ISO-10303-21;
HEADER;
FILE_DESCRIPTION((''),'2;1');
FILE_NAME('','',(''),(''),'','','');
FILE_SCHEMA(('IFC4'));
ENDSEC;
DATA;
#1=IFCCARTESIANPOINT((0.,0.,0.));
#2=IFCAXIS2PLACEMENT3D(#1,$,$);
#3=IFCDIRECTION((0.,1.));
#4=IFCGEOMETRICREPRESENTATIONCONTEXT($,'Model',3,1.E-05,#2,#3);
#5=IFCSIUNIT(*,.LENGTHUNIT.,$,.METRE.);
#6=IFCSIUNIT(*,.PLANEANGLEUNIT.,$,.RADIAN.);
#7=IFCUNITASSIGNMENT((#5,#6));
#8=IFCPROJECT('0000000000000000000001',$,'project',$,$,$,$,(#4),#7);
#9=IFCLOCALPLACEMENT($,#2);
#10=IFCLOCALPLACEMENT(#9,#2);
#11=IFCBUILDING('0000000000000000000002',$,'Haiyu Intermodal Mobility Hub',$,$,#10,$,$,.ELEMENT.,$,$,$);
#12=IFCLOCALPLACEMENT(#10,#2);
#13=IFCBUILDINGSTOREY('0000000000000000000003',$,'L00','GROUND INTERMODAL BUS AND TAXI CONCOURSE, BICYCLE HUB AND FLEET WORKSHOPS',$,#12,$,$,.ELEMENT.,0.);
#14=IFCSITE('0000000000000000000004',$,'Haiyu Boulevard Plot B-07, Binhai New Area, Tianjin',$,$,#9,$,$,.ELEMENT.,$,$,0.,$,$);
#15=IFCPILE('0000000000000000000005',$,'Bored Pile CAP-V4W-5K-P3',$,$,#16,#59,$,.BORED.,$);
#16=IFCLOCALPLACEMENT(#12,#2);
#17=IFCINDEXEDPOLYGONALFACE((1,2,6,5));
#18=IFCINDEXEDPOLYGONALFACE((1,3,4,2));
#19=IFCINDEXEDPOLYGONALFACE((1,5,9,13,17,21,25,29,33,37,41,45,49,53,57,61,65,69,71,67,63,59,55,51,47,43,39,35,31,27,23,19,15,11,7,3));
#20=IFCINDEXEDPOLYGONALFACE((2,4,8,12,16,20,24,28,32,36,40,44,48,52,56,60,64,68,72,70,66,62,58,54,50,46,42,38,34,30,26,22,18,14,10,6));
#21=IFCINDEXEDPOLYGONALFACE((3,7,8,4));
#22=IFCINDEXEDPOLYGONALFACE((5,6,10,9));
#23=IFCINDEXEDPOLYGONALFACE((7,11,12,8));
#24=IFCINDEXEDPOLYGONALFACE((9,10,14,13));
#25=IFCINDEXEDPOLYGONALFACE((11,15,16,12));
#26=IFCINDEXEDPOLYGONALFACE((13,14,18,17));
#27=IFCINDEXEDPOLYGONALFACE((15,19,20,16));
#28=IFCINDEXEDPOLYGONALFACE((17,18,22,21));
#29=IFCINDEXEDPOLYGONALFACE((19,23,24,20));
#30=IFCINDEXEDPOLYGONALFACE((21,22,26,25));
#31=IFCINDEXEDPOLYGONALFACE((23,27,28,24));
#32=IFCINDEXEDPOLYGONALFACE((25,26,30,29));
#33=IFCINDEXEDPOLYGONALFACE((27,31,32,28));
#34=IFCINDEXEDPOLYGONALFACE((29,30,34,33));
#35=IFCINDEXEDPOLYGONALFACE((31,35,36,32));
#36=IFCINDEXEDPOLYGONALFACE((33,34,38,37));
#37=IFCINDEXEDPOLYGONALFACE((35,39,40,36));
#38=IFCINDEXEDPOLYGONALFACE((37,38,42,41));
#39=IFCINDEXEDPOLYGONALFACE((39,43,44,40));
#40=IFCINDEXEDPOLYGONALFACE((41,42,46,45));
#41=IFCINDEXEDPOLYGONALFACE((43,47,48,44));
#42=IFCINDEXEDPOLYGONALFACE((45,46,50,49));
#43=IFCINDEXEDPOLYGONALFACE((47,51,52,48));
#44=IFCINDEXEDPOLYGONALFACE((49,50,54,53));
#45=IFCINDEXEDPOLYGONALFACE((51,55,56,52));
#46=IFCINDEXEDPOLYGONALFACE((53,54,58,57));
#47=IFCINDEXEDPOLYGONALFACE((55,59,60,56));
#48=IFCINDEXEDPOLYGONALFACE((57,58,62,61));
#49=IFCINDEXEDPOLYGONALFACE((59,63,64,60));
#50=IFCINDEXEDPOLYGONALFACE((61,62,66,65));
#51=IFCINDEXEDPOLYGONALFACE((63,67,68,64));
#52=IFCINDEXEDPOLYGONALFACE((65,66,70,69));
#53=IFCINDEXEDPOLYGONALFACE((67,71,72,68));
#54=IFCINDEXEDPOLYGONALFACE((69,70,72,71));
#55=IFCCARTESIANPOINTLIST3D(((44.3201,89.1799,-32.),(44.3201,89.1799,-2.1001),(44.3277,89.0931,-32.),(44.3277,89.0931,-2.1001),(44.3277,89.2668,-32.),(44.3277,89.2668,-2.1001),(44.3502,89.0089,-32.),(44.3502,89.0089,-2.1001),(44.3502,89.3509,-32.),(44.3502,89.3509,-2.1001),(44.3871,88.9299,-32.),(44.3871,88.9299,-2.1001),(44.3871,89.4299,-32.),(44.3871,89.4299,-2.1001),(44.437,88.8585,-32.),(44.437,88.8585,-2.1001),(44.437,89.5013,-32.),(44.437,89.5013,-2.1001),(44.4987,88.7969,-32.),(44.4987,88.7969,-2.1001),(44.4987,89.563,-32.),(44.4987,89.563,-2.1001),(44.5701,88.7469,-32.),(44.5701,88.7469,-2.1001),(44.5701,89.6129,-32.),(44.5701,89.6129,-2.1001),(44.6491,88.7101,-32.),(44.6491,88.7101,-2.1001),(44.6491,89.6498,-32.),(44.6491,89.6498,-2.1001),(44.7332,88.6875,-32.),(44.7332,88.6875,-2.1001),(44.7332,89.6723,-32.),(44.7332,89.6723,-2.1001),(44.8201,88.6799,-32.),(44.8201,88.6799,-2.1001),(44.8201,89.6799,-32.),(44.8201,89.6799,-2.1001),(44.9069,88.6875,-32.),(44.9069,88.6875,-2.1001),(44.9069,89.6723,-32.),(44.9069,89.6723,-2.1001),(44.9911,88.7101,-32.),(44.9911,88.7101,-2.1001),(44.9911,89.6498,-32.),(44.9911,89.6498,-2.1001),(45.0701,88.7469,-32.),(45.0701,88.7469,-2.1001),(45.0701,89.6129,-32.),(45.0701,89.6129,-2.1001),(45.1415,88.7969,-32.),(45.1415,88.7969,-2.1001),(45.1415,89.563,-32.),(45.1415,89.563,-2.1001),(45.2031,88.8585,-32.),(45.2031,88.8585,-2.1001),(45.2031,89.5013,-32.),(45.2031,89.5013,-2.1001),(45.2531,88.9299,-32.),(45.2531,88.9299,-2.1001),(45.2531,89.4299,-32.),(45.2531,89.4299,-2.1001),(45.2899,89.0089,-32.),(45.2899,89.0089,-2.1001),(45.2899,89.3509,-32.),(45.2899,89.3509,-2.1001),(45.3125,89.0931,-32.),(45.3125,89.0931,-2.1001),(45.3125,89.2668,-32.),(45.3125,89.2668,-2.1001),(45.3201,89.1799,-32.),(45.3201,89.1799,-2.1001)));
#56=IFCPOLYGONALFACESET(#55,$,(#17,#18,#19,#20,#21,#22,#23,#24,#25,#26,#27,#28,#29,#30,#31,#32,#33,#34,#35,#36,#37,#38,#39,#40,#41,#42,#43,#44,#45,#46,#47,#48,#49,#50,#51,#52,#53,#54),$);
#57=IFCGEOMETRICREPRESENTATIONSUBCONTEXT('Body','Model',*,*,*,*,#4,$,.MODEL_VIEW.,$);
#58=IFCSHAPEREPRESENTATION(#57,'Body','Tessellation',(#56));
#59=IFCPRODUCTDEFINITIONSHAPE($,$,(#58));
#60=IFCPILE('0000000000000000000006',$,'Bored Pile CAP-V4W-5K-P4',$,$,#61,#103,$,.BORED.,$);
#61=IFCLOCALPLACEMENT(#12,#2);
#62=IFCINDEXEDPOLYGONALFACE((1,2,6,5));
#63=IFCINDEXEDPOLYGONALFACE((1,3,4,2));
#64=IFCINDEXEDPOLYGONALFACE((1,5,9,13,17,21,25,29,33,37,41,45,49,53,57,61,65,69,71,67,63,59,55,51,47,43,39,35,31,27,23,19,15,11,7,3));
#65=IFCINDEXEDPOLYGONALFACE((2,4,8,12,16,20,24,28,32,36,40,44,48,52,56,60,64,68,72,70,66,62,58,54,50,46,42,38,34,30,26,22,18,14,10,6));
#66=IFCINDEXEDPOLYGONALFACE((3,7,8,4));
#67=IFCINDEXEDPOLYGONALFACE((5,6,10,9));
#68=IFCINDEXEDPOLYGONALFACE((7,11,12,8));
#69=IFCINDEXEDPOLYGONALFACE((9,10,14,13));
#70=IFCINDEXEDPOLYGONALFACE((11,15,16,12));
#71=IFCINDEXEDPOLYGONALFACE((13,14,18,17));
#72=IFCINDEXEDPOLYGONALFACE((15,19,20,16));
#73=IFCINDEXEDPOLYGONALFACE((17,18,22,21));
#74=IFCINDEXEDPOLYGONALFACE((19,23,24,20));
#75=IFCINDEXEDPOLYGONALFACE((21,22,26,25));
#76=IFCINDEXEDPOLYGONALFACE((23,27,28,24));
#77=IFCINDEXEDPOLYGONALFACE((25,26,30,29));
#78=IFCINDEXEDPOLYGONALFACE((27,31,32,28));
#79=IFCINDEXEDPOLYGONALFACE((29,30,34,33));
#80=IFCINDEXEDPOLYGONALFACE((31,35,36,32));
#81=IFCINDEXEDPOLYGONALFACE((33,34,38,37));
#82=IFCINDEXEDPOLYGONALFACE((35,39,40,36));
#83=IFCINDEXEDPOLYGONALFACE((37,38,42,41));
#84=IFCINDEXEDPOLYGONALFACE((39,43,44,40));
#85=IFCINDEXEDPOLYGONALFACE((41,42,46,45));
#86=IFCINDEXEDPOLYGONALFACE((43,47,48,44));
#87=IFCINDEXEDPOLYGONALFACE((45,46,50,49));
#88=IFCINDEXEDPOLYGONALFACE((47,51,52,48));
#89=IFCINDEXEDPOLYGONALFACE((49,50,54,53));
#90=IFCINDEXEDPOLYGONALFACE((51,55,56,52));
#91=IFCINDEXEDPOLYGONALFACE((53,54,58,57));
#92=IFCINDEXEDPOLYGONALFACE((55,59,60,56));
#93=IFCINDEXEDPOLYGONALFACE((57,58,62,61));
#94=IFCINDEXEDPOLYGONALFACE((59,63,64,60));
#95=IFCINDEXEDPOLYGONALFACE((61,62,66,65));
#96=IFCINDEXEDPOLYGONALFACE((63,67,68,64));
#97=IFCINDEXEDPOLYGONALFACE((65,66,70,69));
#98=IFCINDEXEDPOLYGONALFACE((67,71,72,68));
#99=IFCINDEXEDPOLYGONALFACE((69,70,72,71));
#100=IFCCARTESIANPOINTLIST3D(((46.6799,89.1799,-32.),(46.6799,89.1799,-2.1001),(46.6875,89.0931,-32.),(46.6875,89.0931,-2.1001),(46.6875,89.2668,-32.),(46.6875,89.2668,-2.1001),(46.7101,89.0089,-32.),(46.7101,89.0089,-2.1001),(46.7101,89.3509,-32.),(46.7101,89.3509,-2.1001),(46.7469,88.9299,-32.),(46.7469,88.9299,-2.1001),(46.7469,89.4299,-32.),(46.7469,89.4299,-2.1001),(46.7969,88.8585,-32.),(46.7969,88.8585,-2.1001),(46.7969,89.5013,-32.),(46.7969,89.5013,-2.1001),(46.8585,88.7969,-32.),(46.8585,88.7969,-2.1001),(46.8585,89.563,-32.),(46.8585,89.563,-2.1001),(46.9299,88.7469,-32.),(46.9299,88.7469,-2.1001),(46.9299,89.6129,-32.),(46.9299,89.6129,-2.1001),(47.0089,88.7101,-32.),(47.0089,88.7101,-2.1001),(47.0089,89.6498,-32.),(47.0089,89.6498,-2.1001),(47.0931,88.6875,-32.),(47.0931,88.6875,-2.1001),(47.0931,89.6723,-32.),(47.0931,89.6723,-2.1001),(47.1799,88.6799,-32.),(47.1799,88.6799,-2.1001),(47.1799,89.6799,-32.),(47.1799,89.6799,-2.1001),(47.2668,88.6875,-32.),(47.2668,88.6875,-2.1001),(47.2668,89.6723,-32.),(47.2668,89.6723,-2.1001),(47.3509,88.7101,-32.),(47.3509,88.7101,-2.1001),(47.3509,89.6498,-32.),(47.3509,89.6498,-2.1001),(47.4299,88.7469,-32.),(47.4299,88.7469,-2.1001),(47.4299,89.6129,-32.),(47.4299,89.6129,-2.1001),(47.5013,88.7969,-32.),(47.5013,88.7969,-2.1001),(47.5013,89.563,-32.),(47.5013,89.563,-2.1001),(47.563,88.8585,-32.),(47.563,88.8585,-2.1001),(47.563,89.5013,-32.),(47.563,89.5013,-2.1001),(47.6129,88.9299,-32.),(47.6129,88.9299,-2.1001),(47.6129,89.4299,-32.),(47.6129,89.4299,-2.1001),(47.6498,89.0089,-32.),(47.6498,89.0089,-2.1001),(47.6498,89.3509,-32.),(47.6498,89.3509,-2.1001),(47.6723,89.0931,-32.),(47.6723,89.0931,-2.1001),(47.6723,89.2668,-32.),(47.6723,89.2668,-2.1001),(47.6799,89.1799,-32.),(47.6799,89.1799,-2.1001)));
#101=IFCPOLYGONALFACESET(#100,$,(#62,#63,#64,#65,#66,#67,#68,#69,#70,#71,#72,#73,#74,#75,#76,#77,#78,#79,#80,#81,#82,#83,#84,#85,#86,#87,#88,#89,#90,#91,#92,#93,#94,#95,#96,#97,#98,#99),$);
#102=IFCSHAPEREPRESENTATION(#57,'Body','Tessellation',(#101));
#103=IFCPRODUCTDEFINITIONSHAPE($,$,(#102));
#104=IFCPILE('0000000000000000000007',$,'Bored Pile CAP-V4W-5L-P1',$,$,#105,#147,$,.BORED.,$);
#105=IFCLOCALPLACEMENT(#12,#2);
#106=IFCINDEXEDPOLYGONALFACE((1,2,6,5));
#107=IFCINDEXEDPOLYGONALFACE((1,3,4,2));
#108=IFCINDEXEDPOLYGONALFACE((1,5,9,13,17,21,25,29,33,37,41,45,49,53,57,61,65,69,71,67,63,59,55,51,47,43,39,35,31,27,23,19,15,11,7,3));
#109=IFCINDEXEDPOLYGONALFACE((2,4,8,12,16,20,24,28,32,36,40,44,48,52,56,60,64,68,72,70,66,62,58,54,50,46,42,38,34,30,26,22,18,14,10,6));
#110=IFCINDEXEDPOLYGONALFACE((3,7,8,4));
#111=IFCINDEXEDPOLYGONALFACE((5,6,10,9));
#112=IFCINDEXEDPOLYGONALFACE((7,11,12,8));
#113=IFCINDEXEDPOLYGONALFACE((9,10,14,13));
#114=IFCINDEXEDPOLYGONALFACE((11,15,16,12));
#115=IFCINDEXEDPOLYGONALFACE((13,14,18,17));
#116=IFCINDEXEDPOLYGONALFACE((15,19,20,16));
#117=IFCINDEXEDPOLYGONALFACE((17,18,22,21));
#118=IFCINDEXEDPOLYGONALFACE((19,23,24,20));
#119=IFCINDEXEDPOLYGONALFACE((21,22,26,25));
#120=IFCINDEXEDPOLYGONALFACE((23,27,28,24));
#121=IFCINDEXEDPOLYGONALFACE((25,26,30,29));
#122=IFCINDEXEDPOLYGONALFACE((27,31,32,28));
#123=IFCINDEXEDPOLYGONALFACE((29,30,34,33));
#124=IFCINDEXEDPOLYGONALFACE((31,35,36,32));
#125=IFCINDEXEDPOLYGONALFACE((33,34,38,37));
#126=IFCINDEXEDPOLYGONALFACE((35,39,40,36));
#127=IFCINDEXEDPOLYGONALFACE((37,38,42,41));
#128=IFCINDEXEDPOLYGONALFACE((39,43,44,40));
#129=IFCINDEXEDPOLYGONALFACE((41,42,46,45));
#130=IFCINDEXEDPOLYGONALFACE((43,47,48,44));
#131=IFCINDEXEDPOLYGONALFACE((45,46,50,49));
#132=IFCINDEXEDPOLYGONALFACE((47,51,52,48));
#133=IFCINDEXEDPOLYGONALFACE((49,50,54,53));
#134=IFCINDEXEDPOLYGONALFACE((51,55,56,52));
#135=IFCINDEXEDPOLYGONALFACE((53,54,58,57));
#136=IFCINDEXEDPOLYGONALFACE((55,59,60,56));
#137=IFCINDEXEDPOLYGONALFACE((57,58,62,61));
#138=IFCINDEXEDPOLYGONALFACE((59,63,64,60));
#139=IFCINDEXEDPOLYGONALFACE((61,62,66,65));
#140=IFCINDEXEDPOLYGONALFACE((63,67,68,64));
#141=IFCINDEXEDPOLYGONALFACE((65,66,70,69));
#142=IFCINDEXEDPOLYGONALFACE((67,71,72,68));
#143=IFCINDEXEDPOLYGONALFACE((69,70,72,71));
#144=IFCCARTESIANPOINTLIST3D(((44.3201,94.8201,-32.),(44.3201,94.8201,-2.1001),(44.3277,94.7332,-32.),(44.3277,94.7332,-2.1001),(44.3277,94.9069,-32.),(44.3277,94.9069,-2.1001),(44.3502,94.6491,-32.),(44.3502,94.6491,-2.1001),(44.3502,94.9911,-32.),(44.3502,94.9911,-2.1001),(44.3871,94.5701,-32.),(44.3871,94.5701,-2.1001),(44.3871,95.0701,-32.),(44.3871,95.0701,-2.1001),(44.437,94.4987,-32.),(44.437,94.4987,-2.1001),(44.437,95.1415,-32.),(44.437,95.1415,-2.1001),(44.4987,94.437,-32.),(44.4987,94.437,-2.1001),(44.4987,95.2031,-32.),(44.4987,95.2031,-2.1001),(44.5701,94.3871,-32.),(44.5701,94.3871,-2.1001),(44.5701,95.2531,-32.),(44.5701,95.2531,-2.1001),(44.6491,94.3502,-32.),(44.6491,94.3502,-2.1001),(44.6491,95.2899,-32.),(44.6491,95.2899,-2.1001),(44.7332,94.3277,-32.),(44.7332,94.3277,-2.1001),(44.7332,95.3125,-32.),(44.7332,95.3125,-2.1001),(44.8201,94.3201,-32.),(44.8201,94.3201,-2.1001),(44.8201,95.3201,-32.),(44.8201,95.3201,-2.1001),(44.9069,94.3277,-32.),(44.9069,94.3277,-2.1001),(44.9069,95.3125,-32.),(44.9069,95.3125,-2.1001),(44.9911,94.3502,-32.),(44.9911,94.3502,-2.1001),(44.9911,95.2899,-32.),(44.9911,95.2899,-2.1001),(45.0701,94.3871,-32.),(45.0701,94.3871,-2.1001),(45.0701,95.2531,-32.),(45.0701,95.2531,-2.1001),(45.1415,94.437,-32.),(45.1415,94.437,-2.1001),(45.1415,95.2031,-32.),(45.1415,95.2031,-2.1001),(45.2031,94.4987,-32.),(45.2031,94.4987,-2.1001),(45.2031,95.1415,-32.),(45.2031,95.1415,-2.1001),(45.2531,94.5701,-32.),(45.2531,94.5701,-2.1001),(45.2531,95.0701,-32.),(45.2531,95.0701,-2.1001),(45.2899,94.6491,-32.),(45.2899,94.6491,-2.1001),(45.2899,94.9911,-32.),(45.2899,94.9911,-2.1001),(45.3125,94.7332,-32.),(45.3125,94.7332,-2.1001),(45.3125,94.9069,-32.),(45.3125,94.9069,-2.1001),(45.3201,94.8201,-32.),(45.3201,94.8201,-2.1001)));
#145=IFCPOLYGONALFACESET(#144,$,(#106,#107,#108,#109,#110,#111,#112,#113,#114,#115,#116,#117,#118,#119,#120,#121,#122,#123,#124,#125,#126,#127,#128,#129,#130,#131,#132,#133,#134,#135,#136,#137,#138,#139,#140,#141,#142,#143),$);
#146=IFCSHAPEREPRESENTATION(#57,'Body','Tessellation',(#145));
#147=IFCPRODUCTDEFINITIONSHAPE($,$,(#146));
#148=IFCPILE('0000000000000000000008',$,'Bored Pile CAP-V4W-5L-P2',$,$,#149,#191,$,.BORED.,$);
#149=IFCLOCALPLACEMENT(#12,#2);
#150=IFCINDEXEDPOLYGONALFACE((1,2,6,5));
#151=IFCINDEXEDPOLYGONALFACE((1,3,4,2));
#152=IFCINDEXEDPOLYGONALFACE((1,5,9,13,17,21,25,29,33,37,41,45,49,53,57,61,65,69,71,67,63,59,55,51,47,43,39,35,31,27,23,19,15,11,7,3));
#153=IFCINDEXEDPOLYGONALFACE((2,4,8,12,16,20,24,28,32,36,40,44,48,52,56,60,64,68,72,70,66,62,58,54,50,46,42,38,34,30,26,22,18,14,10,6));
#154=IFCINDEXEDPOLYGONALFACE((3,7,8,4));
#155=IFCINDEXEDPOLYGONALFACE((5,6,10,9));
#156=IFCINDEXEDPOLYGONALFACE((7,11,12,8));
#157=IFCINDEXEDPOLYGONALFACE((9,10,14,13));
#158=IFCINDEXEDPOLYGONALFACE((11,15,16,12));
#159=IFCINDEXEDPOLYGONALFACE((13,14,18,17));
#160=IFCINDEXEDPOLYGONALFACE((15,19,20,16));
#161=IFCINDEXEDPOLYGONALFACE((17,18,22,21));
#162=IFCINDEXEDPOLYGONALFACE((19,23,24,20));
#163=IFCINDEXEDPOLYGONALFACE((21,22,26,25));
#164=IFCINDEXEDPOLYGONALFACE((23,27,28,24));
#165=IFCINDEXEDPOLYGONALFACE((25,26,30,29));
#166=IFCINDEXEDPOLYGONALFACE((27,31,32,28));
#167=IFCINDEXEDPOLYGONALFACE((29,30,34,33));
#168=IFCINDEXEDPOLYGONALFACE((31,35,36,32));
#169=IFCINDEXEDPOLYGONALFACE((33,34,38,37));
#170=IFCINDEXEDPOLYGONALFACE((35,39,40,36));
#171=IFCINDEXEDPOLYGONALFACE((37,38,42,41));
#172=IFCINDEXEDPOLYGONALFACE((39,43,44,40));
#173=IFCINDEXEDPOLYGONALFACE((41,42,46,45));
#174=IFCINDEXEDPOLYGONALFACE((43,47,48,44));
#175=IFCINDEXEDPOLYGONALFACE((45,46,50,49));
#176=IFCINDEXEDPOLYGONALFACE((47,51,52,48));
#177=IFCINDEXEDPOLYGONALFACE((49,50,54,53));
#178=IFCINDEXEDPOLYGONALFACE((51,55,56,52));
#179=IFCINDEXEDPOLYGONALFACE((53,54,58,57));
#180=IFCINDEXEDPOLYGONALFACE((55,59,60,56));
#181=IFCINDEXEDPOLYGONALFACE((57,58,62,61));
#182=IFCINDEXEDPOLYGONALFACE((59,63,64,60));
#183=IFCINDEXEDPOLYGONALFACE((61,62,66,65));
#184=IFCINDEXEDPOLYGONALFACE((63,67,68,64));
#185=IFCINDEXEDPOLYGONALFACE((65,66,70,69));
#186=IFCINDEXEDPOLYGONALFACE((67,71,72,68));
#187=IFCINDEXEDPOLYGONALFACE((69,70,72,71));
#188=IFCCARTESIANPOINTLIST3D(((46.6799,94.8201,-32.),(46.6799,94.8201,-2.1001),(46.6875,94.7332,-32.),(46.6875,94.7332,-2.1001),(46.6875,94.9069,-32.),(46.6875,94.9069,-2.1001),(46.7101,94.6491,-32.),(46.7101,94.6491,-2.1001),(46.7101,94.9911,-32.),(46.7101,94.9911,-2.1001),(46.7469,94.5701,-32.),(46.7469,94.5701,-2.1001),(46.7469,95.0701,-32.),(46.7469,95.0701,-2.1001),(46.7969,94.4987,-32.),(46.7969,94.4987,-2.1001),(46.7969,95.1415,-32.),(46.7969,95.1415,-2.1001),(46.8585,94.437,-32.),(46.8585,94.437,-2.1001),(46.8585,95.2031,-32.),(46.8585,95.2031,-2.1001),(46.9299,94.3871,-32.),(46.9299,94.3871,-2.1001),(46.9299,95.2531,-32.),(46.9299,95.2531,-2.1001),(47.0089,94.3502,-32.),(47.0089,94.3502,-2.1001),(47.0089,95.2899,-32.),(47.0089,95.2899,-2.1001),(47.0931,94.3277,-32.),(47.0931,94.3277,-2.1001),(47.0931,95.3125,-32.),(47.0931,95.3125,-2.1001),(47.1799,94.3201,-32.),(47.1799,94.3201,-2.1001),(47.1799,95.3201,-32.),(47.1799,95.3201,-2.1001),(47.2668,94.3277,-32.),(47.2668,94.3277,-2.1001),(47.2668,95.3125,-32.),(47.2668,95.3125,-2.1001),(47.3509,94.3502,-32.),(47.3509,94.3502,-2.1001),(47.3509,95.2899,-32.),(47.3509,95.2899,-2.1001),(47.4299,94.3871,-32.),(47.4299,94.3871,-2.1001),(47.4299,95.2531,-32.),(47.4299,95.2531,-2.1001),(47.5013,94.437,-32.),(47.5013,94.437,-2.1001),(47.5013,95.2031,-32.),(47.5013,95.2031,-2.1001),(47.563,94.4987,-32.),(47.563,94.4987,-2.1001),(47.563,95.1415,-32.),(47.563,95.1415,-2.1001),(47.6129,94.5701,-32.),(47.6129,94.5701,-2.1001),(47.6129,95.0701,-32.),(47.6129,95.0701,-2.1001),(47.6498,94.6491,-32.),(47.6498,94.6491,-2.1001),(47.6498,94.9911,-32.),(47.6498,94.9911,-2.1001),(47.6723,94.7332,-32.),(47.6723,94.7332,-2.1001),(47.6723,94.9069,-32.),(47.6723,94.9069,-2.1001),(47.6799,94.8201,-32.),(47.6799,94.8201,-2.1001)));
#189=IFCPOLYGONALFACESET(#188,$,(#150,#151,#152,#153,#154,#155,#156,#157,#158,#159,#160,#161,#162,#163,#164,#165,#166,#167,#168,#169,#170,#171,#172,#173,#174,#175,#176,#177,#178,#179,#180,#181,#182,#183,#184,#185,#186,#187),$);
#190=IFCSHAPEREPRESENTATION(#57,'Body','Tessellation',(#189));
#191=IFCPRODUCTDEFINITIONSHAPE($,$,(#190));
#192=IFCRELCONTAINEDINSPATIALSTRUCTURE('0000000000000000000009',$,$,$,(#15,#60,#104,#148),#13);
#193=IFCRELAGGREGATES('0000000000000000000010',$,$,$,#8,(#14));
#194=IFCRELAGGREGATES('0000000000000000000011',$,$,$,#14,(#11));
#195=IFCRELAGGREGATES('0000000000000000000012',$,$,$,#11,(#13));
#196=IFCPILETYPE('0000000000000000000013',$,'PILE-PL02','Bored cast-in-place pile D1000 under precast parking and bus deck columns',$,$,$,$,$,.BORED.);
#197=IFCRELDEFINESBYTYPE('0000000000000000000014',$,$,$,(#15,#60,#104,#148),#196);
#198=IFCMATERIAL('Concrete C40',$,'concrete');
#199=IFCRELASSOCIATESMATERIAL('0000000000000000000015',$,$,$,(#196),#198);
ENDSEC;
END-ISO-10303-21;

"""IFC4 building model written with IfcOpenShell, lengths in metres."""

from ifc_helpers import new_model, si_unit, direction, frame, origin, origin_2d, place, context, subcontext, project, spatial, circle, extrude, material, material_profile, profile_set, type_object, element, save


model = new_model("IFC4")

# Units and contexts
model_context = context("Model", 3, precision=1e-05, world=origin(), true_north=direction((0.0, 1.0)))
body_context = subcontext(model_context, "Body", "Model", "MODEL_VIEW")
ifc_project = project(units=[si_unit("LENGTHUNIT", "METRE"), si_unit("PLANEANGLEUNIT", "RADIAN")], contexts=[model_context])

# Site, building, storey
site_placement = place(None, origin())
site = spatial("IfcSite", under=ifc_project, at=site_placement, Name="Haiyu Boulevard Plot B-07, Binhai New Area, Tianjin", CompositionType="ELEMENT", RefElevation=0.0)
building_placement = place(site_placement, origin())
building = spatial("IfcBuilding", under=site, at=building_placement, Name="Haiyu Intermodal Mobility Hub", CompositionType="ELEMENT")
storey_placement = place(building_placement, origin())
storey = spatial("IfcBuildingStorey", under=building, at=storey_placement, Name="L00", Description="GROUND INTERMODAL BUS AND TAXI CONCOURSE, BICYCLE HUB AND FLEET WORKSHOPS", CompositionType="ELEMENT", Elevation=0.0)

# Shared definitions
ifc_material_1 = material(Name="Concrete C40", Category="concrete")

# Piles
ifc_material_profile_1 = material_profile(ifc_material_1, circle(Radius=0.5, at=origin_2d()), Name="PILE-D1000")
ifc_profile_set_1 = profile_set([ifc_material_profile_1], Name="Concrete C40")
pile_type = type_object("IfcPileType", Name="PILE-PL02", Description="Bored cast-in-place pile D1000 under precast parking and bus deck columns", PredefinedType="BORED", material=ifc_profile_set_1)
for number, where, z_axis, x_axis, name in (
    (1, (44.8201, 89.1799, -2.1001), (0.0, 0.0, -1.0), (1.0, 0.0, 0.0), "Bored Pile CAP-V4W-5K-P3"),
    (2, (47.1799, 89.1799, -2.1001), (0.0, 0.0, -1.0), (1.0, 0.0, 0.0), "Bored Pile CAP-V4W-5K-P4"),
    (3, (44.8201, 94.8201, -2.1001), (0.0, 0.0, -1.0), (1.0, 0.0, 0.0), "Bored Pile CAP-V4W-5L-P1"),
    (4, (47.1799, 94.8201, -2.1001), (0.0, 0.0, -1.0), (1.0, 0.0, 0.0), "Bored Pile CAP-V4W-5L-P2"),
):
    element("IfcPile", number, at=place(storey_placement, frame(where, z_axis=z_axis, x_axis=x_axis)), inside=storey, type_object=pile_type, Name=name, PredefinedType="BORED", context=body_context, shape_type="SweptSolid", body=[
        extrude(circle(Radius=0.5, at=origin_2d()), origin(), (0.0, 0.0, 1.0), 29.8999),
    ])

save(model, "model.ifc")
